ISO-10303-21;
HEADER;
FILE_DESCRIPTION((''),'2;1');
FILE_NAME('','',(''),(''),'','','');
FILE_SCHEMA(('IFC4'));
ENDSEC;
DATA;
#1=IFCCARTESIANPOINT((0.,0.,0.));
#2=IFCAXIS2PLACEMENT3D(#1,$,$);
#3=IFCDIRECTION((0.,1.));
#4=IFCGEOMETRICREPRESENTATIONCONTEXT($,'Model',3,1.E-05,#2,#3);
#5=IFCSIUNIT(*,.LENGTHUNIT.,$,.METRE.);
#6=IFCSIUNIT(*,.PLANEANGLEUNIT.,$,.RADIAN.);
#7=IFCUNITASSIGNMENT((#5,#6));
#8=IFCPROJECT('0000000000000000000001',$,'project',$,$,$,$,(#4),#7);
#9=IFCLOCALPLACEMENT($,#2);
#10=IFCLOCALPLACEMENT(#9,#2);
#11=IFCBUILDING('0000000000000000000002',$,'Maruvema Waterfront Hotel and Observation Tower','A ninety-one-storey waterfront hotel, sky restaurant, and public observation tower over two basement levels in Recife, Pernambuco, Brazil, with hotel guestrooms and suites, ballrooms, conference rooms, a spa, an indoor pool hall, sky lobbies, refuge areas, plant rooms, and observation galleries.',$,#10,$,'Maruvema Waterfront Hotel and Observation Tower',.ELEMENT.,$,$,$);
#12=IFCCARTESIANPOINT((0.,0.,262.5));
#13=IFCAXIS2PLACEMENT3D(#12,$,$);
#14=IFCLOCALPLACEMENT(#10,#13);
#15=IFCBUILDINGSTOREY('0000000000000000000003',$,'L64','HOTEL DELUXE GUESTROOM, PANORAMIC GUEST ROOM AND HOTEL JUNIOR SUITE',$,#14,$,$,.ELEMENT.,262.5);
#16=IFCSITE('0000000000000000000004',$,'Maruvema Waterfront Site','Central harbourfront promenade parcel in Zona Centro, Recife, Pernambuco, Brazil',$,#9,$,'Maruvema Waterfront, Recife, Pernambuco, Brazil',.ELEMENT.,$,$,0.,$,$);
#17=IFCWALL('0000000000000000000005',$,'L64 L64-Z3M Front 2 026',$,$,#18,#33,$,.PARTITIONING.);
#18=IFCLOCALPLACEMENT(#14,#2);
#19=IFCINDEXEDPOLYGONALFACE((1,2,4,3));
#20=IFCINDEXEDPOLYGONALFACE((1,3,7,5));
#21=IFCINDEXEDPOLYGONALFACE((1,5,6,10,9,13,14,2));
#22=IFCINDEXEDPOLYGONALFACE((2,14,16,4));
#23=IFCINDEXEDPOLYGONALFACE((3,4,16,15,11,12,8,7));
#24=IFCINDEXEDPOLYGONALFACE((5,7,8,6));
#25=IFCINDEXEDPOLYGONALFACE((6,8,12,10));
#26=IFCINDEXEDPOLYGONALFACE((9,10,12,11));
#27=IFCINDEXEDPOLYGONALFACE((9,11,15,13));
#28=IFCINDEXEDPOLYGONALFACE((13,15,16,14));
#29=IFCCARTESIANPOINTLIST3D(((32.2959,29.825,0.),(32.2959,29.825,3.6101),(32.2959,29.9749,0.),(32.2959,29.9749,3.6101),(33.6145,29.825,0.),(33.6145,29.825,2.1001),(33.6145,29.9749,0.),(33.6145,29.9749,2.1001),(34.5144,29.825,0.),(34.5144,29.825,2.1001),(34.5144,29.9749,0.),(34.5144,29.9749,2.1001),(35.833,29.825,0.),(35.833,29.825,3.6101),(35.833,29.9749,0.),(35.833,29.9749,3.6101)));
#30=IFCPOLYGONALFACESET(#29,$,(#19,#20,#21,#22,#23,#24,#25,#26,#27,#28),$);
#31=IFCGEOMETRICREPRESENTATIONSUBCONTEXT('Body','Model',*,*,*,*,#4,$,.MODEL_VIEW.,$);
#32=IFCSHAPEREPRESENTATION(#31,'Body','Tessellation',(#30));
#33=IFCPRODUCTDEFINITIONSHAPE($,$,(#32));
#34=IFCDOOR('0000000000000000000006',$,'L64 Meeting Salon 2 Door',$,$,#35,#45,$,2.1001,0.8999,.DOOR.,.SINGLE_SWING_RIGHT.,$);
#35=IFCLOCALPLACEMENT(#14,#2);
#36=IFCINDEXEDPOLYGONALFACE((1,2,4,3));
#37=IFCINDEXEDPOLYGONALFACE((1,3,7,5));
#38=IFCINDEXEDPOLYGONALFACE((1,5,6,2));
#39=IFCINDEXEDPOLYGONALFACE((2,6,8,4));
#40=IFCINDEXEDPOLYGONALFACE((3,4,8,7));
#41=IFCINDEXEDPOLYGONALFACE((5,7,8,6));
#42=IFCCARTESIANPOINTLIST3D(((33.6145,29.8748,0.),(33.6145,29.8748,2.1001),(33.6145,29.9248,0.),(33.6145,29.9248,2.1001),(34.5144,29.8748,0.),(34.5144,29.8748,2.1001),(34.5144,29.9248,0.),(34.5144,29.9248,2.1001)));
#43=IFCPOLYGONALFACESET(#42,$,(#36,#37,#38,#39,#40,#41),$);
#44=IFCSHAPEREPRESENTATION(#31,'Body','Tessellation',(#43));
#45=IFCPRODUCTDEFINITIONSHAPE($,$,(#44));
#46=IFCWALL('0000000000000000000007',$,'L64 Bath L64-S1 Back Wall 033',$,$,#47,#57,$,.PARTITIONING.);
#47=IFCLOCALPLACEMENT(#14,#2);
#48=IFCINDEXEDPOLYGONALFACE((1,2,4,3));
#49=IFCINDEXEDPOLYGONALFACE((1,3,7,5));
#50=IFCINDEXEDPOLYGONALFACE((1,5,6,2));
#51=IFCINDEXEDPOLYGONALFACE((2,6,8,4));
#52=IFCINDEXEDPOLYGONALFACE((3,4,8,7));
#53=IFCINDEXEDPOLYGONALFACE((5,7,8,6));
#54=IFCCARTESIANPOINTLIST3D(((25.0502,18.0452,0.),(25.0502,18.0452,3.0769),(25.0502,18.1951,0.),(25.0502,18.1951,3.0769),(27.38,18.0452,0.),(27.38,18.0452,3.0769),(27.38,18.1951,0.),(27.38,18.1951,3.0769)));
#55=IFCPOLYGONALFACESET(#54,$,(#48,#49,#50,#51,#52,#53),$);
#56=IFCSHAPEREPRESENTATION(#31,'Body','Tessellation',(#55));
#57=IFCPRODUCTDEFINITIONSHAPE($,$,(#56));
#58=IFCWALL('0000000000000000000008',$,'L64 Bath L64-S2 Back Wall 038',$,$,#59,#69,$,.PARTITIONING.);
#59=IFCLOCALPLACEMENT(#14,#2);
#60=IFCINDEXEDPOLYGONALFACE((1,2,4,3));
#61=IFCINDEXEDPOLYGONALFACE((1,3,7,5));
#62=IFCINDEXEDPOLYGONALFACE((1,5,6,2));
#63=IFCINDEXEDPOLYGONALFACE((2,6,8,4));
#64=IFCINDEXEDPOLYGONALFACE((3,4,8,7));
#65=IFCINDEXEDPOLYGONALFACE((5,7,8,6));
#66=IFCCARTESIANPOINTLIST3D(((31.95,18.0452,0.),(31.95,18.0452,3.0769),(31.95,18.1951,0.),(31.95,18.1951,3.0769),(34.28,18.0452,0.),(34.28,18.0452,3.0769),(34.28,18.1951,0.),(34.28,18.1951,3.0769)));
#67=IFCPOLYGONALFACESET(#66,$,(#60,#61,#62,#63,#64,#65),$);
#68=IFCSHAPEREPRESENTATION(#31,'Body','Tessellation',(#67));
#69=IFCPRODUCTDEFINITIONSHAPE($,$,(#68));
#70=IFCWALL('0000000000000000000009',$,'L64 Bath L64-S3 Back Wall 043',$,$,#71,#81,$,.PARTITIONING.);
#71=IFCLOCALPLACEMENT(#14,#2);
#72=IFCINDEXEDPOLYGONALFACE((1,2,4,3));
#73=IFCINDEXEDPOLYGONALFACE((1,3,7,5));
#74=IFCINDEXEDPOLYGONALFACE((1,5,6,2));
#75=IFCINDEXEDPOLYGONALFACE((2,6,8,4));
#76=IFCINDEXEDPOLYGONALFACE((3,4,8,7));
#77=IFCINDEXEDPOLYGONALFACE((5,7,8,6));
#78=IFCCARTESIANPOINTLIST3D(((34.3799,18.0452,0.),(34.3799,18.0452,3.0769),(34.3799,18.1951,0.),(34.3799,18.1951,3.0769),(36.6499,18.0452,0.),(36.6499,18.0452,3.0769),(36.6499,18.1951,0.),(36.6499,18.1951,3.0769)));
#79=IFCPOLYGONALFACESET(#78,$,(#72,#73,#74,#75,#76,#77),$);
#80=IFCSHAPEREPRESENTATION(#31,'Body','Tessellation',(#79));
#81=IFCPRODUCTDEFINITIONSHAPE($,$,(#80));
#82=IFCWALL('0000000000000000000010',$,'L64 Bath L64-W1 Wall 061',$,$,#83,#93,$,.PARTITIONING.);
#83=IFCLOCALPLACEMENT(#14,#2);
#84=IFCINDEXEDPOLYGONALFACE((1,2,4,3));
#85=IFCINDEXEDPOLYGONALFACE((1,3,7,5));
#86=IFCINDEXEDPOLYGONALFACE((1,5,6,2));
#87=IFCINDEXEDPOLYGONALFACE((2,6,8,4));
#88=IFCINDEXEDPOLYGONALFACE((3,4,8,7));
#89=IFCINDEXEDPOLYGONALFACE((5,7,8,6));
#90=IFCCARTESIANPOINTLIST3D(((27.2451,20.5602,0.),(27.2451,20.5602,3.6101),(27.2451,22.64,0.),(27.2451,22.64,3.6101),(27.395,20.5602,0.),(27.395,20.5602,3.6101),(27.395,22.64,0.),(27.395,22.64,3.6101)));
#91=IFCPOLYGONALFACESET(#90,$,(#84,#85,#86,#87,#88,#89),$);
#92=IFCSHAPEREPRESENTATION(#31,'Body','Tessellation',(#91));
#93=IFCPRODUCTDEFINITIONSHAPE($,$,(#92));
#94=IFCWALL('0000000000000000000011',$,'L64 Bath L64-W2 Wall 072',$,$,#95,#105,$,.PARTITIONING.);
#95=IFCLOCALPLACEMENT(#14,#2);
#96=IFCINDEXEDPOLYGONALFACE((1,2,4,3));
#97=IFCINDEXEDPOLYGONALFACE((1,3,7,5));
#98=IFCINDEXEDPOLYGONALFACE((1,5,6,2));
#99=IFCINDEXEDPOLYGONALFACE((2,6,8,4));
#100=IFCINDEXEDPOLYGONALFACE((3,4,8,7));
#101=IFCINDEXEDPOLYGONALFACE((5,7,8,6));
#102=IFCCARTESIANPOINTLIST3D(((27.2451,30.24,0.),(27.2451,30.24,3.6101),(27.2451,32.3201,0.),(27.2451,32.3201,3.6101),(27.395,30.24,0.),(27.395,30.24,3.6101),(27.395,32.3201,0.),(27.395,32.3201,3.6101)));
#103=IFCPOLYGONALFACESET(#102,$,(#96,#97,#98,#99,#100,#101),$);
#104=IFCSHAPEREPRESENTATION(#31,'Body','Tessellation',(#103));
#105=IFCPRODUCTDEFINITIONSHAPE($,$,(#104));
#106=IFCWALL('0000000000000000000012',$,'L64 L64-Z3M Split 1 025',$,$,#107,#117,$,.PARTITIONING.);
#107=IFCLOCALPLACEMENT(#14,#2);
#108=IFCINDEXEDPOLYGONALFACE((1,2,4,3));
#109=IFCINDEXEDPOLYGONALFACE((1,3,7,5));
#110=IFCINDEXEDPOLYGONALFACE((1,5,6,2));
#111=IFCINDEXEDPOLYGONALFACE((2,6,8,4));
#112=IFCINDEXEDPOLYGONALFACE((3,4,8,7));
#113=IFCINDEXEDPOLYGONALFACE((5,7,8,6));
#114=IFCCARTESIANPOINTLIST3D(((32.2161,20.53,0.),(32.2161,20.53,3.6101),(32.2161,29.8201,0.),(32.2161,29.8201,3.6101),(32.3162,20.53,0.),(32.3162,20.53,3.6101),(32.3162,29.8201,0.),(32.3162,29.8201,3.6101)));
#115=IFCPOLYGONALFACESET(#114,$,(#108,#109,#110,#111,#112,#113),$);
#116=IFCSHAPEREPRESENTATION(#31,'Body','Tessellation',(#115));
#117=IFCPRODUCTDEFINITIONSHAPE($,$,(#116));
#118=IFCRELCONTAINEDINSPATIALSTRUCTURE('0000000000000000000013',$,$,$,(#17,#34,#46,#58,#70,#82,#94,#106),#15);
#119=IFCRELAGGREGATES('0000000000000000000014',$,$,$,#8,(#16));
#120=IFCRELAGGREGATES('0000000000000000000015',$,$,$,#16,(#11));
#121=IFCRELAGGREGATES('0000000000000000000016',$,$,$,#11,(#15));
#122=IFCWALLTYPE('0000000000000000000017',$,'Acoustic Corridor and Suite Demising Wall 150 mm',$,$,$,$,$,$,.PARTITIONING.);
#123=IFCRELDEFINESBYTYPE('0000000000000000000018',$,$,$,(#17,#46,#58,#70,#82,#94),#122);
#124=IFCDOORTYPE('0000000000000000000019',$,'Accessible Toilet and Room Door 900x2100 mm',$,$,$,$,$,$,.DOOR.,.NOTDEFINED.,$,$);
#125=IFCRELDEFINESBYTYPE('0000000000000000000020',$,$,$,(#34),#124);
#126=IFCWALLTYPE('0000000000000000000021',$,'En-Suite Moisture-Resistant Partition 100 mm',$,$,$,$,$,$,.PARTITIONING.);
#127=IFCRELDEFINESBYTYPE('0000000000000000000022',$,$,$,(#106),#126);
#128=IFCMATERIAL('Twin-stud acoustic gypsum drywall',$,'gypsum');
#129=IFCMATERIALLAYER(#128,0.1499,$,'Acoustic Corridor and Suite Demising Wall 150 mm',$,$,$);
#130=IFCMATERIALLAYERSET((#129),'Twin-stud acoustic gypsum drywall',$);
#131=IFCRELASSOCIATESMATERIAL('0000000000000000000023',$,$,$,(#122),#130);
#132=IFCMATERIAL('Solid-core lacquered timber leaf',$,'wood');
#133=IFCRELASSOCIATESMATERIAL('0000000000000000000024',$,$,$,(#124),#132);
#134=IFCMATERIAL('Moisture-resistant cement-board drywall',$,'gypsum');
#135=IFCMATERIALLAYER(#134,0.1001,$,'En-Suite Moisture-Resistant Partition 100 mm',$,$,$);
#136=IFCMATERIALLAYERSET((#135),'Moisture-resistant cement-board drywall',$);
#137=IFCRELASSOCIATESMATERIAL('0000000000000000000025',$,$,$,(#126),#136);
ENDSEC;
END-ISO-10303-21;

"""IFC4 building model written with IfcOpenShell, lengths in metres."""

from ifc_helpers import new_model, si_unit, direction, frame, frame_2d, origin, place, context, subcontext, project, spatial, rectangle, extrude, material, layer, layer_set, type_object, element, fill, save


model = new_model("IFC4")

# Units and contexts
model_context = context("Model", 3, precision=1e-05, world=origin(), true_north=direction((0.0, 1.0)))
body_context = subcontext(model_context, "Body", "Model", "MODEL_VIEW")
ifc_project = project(units=[si_unit("LENGTHUNIT", "METRE"), si_unit("PLANEANGLEUNIT", "RADIAN")], contexts=[model_context])

# Site, building, storey
site_placement = place(None, origin())
site = spatial("IfcSite", under=ifc_project, at=site_placement, Name="Maruvema Waterfront Site", Description="Central harbourfront promenade parcel in Zona Centro, Recife, Pernambuco, Brazil", LongName="Maruvema Waterfront, Recife, Pernambuco, Brazil", CompositionType="ELEMENT", RefElevation=0.0)
building_placement = place(site_placement, origin())
building = spatial("IfcBuilding", under=site, at=building_placement, Name="Maruvema Waterfront Hotel and Observation Tower", Description="A ninety-one-storey waterfront hotel, sky restaurant, and public observation tower over two basement levels in Recife, Pernambuco, Brazil, with hotel guestrooms and suites, ballrooms, conference rooms, a spa, an indoor pool hall, sky lobbies, refuge areas, plant rooms, and observation galleries.", LongName="Maruvema Waterfront Hotel and Observation Tower", CompositionType="ELEMENT")
storey_placement = place(building_placement, frame((0.0, 0.0, 262.5)))
storey = spatial("IfcBuildingStorey", under=building, at=storey_placement, Name="L64", Description="HOTEL DELUXE GUESTROOM, PANORAMIC GUEST ROOM AND HOTEL JUNIOR SUITE", CompositionType="ELEMENT", Elevation=262.5)

# Shared definitions
ifc_material_1 = material(Name="Twin-stud acoustic gypsum drywall", Category="gypsum")
ifc_layer_1 = layer(ifc_material_1, 0.1499, Name="Acoustic Corridor and Suite Demising Wall 150 mm")
ifc_layer_set_1 = layer_set([ifc_layer_1], Name="Twin-stud acoustic gypsum drywall")
wall_type_1 = type_object("IfcWallType", Name="Acoustic Corridor and Suite Demising Wall 150 mm", PredefinedType="PARTITIONING", material=ifc_layer_set_1)

# Wall, opening, door
ifc_material_2 = material(Name="Solid-core lacquered timber leaf", Category="wood")
door_type_1 = type_object("IfcDoorType", Name="Accessible Toilet and Room Door 900x2100 mm", OperationType="NOTDEFINED", PredefinedType="DOOR", material=ifc_material_2)
wall_1_placement = place(storey_placement, frame((32.2959, 29.8999, 0.0), z_axis=(0.0, 0.0, 1.0), x_axis=(1.0, 0.0, 0.0)))
wall_1 = element("IfcWall", 1, at=wall_1_placement, inside=storey, type_object=wall_type_1, Name="L64 L64-Z3M Front 2 026", PredefinedType="PARTITIONING", context=body_context, shape_type="SweptSolid", body=[
    extrude(rectangle(XDim=3.5371, YDim=0.1499, at=frame_2d((1.7686, 0.0))), origin(), (0.0, 0.0, 1.0), 3.6101),
])
opening_1_placement = place(wall_1_placement, frame((1.3186, 0.0, 0.0)))
opening_1 = element("IfcOpeningElement", 2, at=opening_1_placement, cuts=wall_1, PredefinedType="OPENING", context=body_context, shape_type="SweptSolid", body=[
    extrude(rectangle(XDim=0.8999, YDim=2.1001, at=frame_2d((0.45, 1.05))), frame((0.0, 0.085, 0.0), z_axis=(0.0, -1.0, 0.0), x_axis=(1.0, 0.0, 0.0)), (0.0, 0.0, 1.0), 0.1699),
])
door_1_placement = place(opening_1_placement, origin())
door_1 = element("IfcDoor", 3, at=door_1_placement, inside=storey, type_object=door_type_1, Name="L64 Meeting Salon 2 Door", OperationType="SINGLE_SWING_RIGHT", OverallHeight=2.1001, OverallWidth=0.8999, PredefinedType="DOOR", context=body_context, shape_type="SweptSolid", body=[
    extrude(rectangle(XDim=0.8999, YDim=2.1001, at=frame_2d((0.45, 1.05))), frame((0.0, 0.0249, 0.0), z_axis=(0.0, -1.0, 0.0), x_axis=(1.0, 0.0, 0.0)), (0.0, 0.0, 1.0), 0.05),
])
fill(opening_1, door_1)

# Walls
wall_2_placement = place(storey_placement, frame((25.05, 18.1201, 0.0), z_axis=(0.0, 0.0, 1.0), x_axis=(1.0, 0.0, 0.0)))
element("IfcWall", 4, at=wall_2_placement, inside=storey, type_object=wall_type_1, Name="L64 Bath L64-S1 Back Wall 033", PredefinedType="PARTITIONING", context=body_context, shape_type="SweptSolid", body=[
    extrude(rectangle(XDim=2.3298, YDim=0.1499, at=frame_2d((1.165, 0.0))), origin(), (0.0, 0.0, 1.0), 3.0769),
])
wall_3_placement = place(storey_placement, frame((31.95, 18.1201, 0.0), z_axis=(0.0, 0.0, 1.0), x_axis=(1.0, 0.0, 0.0)))
element("IfcWall", 5, at=wall_3_placement, inside=storey, type_object=wall_type_1, Name="L64 Bath L64-S2 Back Wall 038", PredefinedType="PARTITIONING", context=body_context, shape_type="SweptSolid", body=[
    extrude(rectangle(XDim=2.3301, YDim=0.1499, at=frame_2d((1.165, 0.0))), origin(), (0.0, 0.0, 1.0), 3.0769),
])

# Walls
wall_4_placement = place(storey_placement, frame((34.3799, 18.1201, 0.0), z_axis=(0.0, 0.0, 1.0), x_axis=(1.0, 0.0, 0.0)))
element("IfcWall", 6, at=wall_4_placement, inside=storey, type_object=wall_type_1, Name="L64 Bath L64-S3 Back Wall 043", PredefinedType="PARTITIONING", context=body_context, shape_type="SweptSolid", body=[
    extrude(rectangle(XDim=2.27, YDim=0.1499, at=frame_2d((1.135, 0.0))), origin(), (0.0, 0.0, 1.0), 3.0769),
])
wall_5_placement = place(storey_placement, frame((27.3201, 20.5601, 0.0), z_axis=(0.0, 0.0, 1.0), x_axis=(0.0, 1.0, 0.0)))
element("IfcWall", 7, at=wall_5_placement, inside=storey, type_object=wall_type_1, Name="L64 Bath L64-W1 Wall 061", PredefinedType="PARTITIONING", context=body_context, shape_type="SweptSolid", body=[
    extrude(rectangle(XDim=2.0798, YDim=0.1499, at=frame_2d((1.04, 0.0))), origin(), (0.0, 0.0, 1.0), 3.6101),
])

# Walls
wall_6_placement = place(storey_placement, frame((27.3201, 30.24, 0.0), z_axis=(0.0, 0.0, 1.0), x_axis=(0.0, 1.0, 0.0)))
element("IfcWall", 8, at=wall_6_placement, inside=storey, type_object=wall_type_1, Name="L64 Bath L64-W2 Wall 072", PredefinedType="PARTITIONING", context=body_context, shape_type="SweptSolid", body=[
    extrude(rectangle(XDim=2.0801, YDim=0.1499, at=frame_2d((1.04, 0.0))), origin(), (0.0, 0.0, 1.0), 3.6101),
])
ifc_material_3 = material(Name="Moisture-resistant cement-board drywall", Category="gypsum")
ifc_layer_2 = layer(ifc_material_3, 0.1001, Name="En-Suite Moisture-Resistant Partition 100 mm")
ifc_layer_set_2 = layer_set([ifc_layer_2], Name="Moisture-resistant cement-board drywall")
wall_type_2 = type_object("IfcWallType", Name="En-Suite Moisture-Resistant Partition 100 mm", PredefinedType="PARTITIONING", material=ifc_layer_set_2)
wall_7_placement = place(storey_placement, frame((32.2661, 20.53, 0.0), z_axis=(0.0, 0.0, 1.0), x_axis=(0.0, 1.0, 0.0)))
element("IfcWall", 9, at=wall_7_placement, inside=storey, type_object=wall_type_2, Name="L64 L64-Z3M Split 1 025", PredefinedType="PARTITIONING", context=body_context, shape_type="SweptSolid", body=[
    extrude(rectangle(XDim=9.29, YDim=0.1001, at=frame_2d((4.645, 0.0))), origin(), (0.0, 0.0, 1.0), 3.6101),
])

save(model, "model.ifc")
